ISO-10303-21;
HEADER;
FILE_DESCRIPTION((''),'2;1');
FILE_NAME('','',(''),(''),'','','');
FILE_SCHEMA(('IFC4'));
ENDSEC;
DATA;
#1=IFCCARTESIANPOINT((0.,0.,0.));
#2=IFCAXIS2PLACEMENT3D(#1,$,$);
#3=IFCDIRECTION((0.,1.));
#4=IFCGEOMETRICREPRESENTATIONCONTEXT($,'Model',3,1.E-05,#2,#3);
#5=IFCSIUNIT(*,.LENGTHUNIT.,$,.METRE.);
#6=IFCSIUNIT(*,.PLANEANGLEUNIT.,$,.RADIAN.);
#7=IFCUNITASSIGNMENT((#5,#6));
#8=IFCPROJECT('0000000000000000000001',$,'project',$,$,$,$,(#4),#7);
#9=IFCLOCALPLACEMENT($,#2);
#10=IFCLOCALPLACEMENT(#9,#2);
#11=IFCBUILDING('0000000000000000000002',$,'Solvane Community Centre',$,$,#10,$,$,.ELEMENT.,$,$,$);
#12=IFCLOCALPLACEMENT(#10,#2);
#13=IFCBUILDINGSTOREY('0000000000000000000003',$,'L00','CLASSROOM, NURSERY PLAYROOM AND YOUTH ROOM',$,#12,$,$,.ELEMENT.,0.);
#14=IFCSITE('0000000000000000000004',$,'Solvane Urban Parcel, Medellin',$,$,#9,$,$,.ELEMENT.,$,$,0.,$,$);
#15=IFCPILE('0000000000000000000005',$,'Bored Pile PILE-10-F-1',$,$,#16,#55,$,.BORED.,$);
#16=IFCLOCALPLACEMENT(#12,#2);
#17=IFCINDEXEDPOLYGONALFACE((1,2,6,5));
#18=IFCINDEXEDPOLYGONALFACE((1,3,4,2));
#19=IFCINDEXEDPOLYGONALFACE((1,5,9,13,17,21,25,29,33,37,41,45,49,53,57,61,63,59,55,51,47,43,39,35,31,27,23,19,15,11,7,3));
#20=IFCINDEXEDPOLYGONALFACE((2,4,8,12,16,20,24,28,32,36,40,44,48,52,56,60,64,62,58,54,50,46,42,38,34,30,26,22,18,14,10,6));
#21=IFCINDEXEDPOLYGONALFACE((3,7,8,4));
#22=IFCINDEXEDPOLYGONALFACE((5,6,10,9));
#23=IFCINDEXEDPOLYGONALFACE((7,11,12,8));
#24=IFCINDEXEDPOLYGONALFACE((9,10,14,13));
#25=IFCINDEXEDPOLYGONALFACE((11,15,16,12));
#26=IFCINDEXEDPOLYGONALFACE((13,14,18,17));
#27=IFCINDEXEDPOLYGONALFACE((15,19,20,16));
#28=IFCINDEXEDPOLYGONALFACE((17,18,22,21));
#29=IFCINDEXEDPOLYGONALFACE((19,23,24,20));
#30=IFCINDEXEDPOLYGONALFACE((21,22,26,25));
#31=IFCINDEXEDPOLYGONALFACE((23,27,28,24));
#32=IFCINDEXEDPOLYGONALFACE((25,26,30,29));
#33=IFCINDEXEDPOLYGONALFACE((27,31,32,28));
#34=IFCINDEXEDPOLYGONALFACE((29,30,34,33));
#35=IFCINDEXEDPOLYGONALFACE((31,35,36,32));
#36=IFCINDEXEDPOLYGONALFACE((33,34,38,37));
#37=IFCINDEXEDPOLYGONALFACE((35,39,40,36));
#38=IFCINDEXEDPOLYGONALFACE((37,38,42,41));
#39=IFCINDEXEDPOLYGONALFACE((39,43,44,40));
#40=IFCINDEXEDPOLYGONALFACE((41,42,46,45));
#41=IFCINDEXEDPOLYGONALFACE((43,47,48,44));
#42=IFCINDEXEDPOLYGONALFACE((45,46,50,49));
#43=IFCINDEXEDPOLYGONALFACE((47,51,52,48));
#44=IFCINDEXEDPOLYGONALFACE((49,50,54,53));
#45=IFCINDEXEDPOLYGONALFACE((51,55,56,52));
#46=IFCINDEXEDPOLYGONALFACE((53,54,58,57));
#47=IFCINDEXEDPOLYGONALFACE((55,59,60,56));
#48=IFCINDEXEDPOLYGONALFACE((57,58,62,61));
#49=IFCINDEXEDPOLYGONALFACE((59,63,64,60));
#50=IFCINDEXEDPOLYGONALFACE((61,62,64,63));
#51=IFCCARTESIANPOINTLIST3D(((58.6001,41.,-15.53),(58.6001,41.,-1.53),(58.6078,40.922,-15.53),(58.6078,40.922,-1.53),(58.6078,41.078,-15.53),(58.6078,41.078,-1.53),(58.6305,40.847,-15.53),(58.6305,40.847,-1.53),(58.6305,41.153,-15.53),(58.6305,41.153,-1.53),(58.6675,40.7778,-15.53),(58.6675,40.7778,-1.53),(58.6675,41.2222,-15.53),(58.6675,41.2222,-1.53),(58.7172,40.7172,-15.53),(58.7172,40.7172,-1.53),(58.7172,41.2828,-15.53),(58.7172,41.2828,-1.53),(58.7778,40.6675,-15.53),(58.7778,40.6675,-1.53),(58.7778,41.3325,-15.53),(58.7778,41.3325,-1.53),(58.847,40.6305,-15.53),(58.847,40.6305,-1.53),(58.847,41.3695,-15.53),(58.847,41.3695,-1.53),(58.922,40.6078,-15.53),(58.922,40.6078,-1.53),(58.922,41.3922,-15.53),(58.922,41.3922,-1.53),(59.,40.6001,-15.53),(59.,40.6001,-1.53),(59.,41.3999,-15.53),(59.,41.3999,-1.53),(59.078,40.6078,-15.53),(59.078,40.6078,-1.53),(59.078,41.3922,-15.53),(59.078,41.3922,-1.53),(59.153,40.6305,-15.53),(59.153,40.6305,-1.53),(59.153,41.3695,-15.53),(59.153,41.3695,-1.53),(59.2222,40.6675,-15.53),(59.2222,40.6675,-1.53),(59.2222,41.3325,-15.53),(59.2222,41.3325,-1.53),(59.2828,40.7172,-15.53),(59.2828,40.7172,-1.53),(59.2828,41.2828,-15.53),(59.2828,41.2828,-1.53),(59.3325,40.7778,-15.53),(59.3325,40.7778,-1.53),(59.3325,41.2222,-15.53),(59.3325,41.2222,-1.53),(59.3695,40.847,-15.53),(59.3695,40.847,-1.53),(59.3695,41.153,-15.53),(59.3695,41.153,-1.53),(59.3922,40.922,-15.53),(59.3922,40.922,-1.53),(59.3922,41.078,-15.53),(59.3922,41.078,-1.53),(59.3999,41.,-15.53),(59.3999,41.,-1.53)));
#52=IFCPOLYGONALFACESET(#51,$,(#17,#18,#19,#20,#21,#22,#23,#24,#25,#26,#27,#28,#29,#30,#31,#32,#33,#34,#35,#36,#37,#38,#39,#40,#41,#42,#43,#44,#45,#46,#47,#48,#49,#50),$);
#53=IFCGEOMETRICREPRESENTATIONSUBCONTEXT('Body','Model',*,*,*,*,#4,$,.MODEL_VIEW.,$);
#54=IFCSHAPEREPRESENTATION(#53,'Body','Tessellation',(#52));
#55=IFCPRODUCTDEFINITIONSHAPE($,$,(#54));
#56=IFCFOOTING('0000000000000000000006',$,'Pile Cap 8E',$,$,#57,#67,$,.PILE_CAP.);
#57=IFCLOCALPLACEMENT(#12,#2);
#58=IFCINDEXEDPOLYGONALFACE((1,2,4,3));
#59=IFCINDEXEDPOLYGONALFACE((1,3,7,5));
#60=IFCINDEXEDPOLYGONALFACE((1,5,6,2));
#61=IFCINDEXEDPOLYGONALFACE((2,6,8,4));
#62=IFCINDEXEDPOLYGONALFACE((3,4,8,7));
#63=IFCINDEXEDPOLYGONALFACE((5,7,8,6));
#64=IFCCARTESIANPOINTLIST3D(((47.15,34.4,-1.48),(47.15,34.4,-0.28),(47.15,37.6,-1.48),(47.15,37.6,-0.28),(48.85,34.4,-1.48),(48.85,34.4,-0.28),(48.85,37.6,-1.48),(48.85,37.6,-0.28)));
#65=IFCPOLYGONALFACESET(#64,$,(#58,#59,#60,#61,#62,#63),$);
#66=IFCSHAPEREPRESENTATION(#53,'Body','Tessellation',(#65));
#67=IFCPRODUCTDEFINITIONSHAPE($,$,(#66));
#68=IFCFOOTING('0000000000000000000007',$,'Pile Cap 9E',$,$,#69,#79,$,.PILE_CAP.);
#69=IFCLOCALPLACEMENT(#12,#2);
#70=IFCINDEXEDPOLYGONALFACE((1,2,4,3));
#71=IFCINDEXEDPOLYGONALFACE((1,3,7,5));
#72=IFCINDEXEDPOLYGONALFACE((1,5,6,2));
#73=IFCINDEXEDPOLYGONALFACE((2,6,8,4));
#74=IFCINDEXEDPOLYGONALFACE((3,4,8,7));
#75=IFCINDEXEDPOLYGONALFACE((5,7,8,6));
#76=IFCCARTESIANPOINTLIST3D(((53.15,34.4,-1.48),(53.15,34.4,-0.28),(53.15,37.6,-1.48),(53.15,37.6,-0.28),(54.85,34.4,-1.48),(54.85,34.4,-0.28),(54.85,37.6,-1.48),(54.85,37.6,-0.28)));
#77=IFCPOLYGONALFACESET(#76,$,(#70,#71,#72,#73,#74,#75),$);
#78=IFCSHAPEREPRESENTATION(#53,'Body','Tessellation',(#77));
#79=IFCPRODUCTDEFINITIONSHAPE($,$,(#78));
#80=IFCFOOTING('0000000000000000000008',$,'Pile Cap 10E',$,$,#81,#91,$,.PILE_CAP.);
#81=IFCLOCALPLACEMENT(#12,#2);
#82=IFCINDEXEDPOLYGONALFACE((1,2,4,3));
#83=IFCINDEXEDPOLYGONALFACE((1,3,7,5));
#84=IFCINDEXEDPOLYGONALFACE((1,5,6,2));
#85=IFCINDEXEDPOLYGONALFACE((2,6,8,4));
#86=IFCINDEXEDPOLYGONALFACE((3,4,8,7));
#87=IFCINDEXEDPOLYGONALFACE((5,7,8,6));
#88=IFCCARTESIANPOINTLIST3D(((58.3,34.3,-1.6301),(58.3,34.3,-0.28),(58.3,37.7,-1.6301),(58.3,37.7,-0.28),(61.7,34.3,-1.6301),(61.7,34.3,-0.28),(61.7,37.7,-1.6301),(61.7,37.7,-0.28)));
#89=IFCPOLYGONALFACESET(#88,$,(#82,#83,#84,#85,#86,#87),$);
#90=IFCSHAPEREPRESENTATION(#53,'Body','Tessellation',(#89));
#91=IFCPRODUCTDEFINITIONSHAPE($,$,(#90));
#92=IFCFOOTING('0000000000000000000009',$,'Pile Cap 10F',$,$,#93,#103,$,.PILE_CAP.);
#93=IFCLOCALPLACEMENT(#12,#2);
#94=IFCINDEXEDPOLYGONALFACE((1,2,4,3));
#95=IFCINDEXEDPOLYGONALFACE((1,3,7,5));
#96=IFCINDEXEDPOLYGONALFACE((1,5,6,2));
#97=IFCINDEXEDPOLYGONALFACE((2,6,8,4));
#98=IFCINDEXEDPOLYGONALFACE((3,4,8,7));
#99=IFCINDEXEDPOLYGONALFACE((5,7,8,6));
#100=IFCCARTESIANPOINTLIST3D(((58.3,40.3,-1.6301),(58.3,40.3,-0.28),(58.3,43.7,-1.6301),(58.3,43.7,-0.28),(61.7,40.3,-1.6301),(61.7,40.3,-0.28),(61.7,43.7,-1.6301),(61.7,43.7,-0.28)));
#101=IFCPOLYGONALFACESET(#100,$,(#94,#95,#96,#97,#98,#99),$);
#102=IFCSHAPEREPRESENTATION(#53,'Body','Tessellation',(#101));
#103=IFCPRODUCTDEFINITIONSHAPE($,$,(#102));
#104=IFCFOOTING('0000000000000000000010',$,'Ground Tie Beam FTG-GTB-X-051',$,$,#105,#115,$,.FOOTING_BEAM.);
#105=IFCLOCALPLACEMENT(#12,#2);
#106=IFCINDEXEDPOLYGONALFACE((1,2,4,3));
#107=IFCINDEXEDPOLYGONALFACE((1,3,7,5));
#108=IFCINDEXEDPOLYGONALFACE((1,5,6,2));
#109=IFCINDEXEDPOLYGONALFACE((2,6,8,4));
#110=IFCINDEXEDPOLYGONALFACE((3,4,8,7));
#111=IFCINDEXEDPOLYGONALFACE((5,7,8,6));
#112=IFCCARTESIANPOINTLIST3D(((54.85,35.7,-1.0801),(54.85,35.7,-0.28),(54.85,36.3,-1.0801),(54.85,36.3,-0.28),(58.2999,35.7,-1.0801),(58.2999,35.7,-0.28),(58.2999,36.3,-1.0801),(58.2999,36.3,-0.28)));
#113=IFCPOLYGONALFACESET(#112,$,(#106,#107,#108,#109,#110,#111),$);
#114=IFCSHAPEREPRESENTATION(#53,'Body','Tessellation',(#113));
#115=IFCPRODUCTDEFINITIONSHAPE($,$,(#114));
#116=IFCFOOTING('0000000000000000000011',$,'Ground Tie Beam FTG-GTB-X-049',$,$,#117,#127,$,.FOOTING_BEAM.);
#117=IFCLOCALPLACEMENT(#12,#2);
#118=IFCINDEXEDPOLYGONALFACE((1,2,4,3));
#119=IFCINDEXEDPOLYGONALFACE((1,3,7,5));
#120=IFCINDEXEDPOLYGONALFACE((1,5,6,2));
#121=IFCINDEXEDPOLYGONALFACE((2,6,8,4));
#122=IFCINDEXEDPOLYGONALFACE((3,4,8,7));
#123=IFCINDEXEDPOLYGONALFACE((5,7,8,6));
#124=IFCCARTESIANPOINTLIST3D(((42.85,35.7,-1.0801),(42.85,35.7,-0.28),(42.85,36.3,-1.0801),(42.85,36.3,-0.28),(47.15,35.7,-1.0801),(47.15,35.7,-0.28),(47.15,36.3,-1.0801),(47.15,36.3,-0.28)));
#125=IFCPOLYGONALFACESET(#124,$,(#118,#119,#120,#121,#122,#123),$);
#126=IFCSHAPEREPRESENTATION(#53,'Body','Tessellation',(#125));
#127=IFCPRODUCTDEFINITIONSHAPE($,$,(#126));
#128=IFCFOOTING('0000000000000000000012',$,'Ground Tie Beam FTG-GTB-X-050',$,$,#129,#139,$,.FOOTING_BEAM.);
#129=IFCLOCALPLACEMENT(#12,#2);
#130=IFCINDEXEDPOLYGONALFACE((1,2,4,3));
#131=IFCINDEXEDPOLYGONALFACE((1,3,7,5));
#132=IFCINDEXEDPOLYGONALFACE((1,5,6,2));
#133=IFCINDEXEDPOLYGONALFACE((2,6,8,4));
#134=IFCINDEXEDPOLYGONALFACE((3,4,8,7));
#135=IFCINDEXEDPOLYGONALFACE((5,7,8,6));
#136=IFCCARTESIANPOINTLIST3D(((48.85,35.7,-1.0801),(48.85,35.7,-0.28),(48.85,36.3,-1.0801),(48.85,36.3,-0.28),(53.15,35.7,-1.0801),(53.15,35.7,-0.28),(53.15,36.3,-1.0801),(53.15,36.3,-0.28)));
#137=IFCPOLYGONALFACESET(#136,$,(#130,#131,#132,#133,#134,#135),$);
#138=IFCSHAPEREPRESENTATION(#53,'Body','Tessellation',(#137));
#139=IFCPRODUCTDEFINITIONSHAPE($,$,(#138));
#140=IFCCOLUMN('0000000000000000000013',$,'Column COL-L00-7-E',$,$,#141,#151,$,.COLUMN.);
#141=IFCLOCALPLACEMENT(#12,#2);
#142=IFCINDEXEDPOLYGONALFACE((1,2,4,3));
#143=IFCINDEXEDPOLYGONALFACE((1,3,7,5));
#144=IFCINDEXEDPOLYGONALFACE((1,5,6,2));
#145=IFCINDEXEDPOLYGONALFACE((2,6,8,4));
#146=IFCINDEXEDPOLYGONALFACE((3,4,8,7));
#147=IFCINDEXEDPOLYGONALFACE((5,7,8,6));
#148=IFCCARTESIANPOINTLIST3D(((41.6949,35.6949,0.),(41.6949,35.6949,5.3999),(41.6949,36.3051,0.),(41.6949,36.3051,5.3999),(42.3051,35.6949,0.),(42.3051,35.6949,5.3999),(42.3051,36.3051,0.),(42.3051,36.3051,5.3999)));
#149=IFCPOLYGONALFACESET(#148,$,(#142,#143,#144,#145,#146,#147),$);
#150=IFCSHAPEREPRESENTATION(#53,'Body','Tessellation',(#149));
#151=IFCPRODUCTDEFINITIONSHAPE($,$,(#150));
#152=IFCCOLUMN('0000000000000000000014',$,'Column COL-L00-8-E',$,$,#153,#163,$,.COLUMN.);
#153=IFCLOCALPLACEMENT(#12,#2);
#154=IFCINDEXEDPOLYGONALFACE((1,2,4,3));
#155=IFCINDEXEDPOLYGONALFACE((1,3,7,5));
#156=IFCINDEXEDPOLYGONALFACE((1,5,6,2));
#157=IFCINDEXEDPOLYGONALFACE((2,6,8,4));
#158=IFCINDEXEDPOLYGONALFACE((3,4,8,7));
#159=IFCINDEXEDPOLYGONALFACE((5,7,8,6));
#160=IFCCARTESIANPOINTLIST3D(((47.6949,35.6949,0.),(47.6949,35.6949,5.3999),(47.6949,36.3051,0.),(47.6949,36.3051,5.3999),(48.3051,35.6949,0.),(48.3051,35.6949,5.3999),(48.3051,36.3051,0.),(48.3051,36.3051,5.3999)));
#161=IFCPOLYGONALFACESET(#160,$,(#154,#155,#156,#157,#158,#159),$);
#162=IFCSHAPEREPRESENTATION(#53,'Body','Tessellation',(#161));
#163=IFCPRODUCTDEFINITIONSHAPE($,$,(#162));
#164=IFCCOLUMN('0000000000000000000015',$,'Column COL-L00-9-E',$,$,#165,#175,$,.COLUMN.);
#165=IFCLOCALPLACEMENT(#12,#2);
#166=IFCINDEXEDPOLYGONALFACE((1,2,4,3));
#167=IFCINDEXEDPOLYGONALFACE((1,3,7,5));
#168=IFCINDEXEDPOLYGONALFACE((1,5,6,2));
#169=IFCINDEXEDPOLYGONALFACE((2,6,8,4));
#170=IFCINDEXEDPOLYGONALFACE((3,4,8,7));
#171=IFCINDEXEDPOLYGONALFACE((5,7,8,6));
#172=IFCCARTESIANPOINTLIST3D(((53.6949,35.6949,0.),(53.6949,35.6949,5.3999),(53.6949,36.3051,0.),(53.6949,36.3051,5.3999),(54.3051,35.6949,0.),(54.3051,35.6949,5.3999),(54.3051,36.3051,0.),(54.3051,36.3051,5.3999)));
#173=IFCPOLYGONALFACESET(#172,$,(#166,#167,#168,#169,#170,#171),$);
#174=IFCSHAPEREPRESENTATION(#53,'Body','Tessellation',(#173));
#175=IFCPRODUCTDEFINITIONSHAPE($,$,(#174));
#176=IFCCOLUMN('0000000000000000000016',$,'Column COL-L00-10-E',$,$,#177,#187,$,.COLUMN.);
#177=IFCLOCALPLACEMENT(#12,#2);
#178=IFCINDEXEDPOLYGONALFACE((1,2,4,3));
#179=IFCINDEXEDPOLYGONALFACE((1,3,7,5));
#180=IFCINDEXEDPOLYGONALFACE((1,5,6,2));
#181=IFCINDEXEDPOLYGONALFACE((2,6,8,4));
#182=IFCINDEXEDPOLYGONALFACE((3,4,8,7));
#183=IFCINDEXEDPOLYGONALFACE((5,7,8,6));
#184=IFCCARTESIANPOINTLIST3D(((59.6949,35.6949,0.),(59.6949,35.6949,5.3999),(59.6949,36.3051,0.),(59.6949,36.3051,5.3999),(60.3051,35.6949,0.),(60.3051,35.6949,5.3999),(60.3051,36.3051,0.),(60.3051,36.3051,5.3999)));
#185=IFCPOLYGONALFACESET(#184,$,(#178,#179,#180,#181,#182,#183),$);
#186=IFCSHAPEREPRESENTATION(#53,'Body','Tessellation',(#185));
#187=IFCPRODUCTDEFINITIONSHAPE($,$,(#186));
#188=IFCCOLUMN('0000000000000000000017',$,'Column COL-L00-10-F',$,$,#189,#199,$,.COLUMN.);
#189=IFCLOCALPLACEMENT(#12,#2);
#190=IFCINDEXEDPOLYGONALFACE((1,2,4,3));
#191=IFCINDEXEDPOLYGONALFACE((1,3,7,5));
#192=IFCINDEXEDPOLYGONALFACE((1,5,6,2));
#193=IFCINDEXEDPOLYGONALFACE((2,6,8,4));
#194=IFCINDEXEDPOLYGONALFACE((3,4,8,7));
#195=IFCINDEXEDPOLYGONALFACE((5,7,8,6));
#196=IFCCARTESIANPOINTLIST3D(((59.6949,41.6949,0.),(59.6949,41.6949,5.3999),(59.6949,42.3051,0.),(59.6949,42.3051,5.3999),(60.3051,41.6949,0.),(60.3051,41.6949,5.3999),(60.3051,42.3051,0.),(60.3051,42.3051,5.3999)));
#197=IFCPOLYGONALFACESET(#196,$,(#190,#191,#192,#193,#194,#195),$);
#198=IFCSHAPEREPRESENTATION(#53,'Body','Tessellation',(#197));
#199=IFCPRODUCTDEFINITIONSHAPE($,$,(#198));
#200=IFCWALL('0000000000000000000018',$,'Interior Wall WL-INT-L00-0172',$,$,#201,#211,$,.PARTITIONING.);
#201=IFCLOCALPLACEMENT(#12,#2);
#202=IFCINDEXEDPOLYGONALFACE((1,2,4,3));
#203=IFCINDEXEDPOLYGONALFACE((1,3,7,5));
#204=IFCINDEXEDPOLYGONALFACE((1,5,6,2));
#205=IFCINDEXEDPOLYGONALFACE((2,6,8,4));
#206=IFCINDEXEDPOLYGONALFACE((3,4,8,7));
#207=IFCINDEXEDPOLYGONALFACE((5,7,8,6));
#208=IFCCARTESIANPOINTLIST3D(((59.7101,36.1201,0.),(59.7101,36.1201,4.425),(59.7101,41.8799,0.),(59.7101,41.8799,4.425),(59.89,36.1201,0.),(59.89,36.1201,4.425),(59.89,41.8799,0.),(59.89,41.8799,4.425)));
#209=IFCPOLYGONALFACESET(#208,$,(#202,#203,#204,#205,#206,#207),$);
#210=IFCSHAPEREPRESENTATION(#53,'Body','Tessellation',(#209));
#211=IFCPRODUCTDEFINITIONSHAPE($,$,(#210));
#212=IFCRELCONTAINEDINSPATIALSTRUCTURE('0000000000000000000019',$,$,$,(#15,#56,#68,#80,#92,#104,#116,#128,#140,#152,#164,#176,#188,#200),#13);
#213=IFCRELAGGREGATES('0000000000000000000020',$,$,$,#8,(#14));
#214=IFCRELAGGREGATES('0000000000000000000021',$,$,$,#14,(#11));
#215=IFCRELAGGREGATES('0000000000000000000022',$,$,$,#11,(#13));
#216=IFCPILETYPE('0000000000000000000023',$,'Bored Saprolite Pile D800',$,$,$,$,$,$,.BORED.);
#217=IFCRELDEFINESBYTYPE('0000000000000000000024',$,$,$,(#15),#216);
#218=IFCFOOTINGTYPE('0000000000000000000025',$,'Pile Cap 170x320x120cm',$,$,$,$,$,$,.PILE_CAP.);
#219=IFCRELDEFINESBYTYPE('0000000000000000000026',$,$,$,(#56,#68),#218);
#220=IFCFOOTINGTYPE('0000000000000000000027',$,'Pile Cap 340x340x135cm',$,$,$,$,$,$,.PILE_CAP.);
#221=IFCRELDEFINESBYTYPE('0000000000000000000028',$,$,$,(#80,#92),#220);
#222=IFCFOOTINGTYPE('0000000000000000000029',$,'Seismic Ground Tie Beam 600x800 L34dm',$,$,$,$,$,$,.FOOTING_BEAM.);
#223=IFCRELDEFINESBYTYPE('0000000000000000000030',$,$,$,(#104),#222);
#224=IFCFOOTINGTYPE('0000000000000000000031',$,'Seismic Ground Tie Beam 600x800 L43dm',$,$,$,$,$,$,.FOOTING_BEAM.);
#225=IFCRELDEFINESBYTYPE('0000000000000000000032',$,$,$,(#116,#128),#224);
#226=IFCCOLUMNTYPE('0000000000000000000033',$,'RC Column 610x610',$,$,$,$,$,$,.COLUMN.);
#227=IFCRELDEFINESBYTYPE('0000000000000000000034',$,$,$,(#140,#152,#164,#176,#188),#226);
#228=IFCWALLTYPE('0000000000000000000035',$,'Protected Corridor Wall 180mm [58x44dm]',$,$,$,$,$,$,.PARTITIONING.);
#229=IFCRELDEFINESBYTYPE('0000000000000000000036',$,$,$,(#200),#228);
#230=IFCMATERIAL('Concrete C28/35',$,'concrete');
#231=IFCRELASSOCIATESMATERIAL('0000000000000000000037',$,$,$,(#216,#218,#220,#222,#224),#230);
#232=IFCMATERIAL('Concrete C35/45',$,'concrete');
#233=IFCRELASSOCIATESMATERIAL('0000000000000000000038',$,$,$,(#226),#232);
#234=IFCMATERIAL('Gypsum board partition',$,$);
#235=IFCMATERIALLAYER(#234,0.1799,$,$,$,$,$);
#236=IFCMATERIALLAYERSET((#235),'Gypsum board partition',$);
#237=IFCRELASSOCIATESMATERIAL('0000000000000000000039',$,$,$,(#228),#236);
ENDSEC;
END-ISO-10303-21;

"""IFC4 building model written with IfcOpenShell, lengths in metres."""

from ifc_helpers import new_model, si_unit, direction, frame, frame_2d, origin, origin_2d, place, context, subcontext, project, spatial, rectangle, circle, extrude, material, layer, layer_set, material_profile, profile_set, type_object, element, save


model = new_model("IFC4")

# Units and contexts
model_context = context("Model", 3, precision=1e-05, world=origin(), true_north=direction((0.0, 1.0)))
body_context = subcontext(model_context, "Body", "Model", "MODEL_VIEW")
ifc_project = project(units=[si_unit("LENGTHUNIT", "METRE"), si_unit("PLANEANGLEUNIT", "RADIAN")], contexts=[model_context])

# Site, building, storey
site_placement = place(None, origin())
site = spatial("IfcSite", under=ifc_project, at=site_placement, Name="Solvane Urban Parcel, Medellin", CompositionType="ELEMENT", RefElevation=0.0)
building_placement = place(site_placement, origin())
building = spatial("IfcBuilding", under=site, at=building_placement, Name="Solvane Community Centre", CompositionType="ELEMENT")
storey_placement = place(building_placement, origin())
storey = spatial("IfcBuildingStorey", under=building, at=storey_placement, Name="L00", Description="CLASSROOM, NURSERY PLAYROOM AND YOUTH ROOM", CompositionType="ELEMENT", Elevation=0.0)

# Pile
ifc_material_1 = material(Name="Concrete C28/35", Category="concrete")
ifc_material_profile_1 = material_profile(ifc_material_1, circle(Radius=0.3999, at=origin_2d()), Name="PILE D800")
ifc_profile_set_1 = profile_set([ifc_material_profile_1], Name="Concrete C28/35")
pile_type = type_object("IfcPileType", Name="Bored Saprolite Pile D800", PredefinedType="BORED", material=ifc_profile_set_1)
for number, where, z_axis, x_axis, name in (
    (1, (59.0, 41.0, -1.53), (0.0, 0.0, -1.0), (1.0, 0.0, 0.0), "Bored Pile PILE-10-F-1"),
):
    element("IfcPile", number, at=place(storey_placement, frame(where, z_axis=z_axis, x_axis=x_axis)), inside=storey, type_object=pile_type, Name=name, PredefinedType="BORED", context=body_context, shape_type="SweptSolid", body=[
        extrude(circle(Radius=0.3999, at=origin_2d()), origin(), (0.0, 0.0, 1.0), 14.0),
    ])

# Footings
footing_type_1 = type_object("IfcFootingType", Name="Pile Cap 170x320x120cm", PredefinedType="PILE_CAP", material=ifc_material_1)
for number, where, z_axis, x_axis, name in (
    (2, (48.0, 36.0, -1.48), (0.0, 0.0, 1.0), (1.0, 0.0, 0.0), "Pile Cap 8E"),
    (3, (54.0, 36.0, -1.48), (0.0, 0.0, 1.0), (1.0, 0.0, 0.0), "Pile Cap 9E"),
):
    element("IfcFooting", number, at=place(storey_placement, frame(where, z_axis=z_axis, x_axis=x_axis)), inside=storey, type_object=footing_type_1, Name=name, PredefinedType="PILE_CAP", context=body_context, shape_type="SweptSolid", body=[
        extrude(rectangle(XDim=1.7, YDim=3.2, at=origin_2d()), origin(), (0.0, 0.0, 1.0), 1.2),
    ])
footing_type_2 = type_object("IfcFootingType", Name="Pile Cap 340x340x135cm", PredefinedType="PILE_CAP", material=ifc_material_1)
for number, where, z_axis, x_axis, name in (
    (4, (60.0, 36.0, -1.6301), (0.0, 0.0, 1.0), (1.0, 0.0, 0.0), "Pile Cap 10E"),
    (5, (60.0, 42.0, -1.6301), (0.0, 0.0, 1.0), (1.0, 0.0, 0.0), "Pile Cap 10F"),
):
    element("IfcFooting", number, at=place(storey_placement, frame(where, z_axis=z_axis, x_axis=x_axis)), inside=storey, type_object=footing_type_2, Name=name, PredefinedType="PILE_CAP", context=body_context, shape_type="SweptSolid", body=[
        extrude(rectangle(XDim=3.3999, YDim=3.3999, at=origin_2d()), origin(), (0.0, 0.0, 1.0), 1.3501),
    ])
footing_type_3 = type_object("IfcFootingType", Name="Seismic Ground Tie Beam 600x800 L34dm", PredefinedType="FOOTING_BEAM", material=ifc_material_1)
footing_placement = place(storey_placement, frame((56.575, 36.0, -1.0801), z_axis=(0.0, 0.0, 1.0), x_axis=(1.0, 0.0, 0.0)))
element("IfcFooting", 6, at=footing_placement, inside=storey, type_object=footing_type_3, Name="Ground Tie Beam FTG-GTB-X-051", PredefinedType="FOOTING_BEAM", context=body_context, shape_type="SweptSolid", body=[
    extrude(rectangle(XDim=3.45, YDim=0.6001, at=origin_2d()), origin(), (0.0, 0.0, 1.0), 0.8),
])
footing_type_4 = type_object("IfcFootingType", Name="Seismic Ground Tie Beam 600x800 L43dm", PredefinedType="FOOTING_BEAM", material=ifc_material_1)
for number, where, z_axis, x_axis, name in (
    (7, (45.0, 36.0, -1.0801), (0.0, 0.0, 1.0), (1.0, 0.0, 0.0), "Ground Tie Beam FTG-GTB-X-049"),
    (8, (51.0, 36.0, -1.0801), (0.0, 0.0, 1.0), (1.0, 0.0, 0.0), "Ground Tie Beam FTG-GTB-X-050"),
):
    element("IfcFooting", number, at=place(storey_placement, frame(where, z_axis=z_axis, x_axis=x_axis)), inside=storey, type_object=footing_type_4, Name=name, PredefinedType="FOOTING_BEAM", context=body_context, shape_type="SweptSolid", body=[
        extrude(rectangle(XDim=4.3, YDim=0.6001, at=origin_2d()), origin(), (0.0, 0.0, 1.0), 0.8),
    ])

# Columns
ifc_material_2 = material(Name="Concrete C35/45", Category="concrete")
ifc_material_profile_2 = material_profile(ifc_material_2, rectangle(XDim=0.6101, YDim=0.6101, at=origin_2d()), Name="RC 610x610")
ifc_profile_set_2 = profile_set([ifc_material_profile_2], Name="Concrete C35/45")
column_type = type_object("IfcColumnType", Name="RC Column 610x610", PredefinedType="COLUMN", material=ifc_profile_set_2)
for number, where, z_axis, x_axis, name in (
    (9, (42.0, 36.0, 0.0), (0.0, 0.0, 1.0), (1.0, 0.0, 0.0), "Column COL-L00-7-E"),
    (10, (48.0, 36.0, 0.0), (0.0, 0.0, 1.0), (1.0, 0.0, 0.0), "Column COL-L00-8-E"),
    (11, (54.0, 36.0, 0.0), (0.0, 0.0, 1.0), (1.0, 0.0, 0.0), "Column COL-L00-9-E"),
    (12, (60.0, 36.0, 0.0), (0.0, 0.0, 1.0), (1.0, 0.0, 0.0), "Column COL-L00-10-E"),
    (13, (60.0, 42.0, 0.0), (0.0, 0.0, 1.0), (1.0, 0.0, 0.0), "Column COL-L00-10-F"),
):
    element("IfcColumn", number, at=place(storey_placement, frame(where, z_axis=z_axis, x_axis=x_axis)), inside=storey, type_object=column_type, Name=name, PredefinedType="COLUMN", context=body_context, shape_type="SweptSolid", body=[
        extrude(rectangle(XDim=0.6101, YDim=0.6101, at=origin_2d()), origin(), (0.0, 0.0, 1.0), 5.3999),
    ])

# Wall
ifc_material_3 = material(Name="Gypsum board partition")
ifc_layer = layer(ifc_material_3, 0.1799)
ifc_layer_set = layer_set([ifc_layer], Name="Gypsum board partition")
wall_type = type_object("IfcWallType", Name="Protected Corridor Wall 180mm [58x44dm]", PredefinedType="PARTITIONING", material=ifc_layer_set)
wall_placement = place(storey_placement, frame((59.8, 36.1201, 0.0), z_axis=(0.0, 0.0, 1.0), x_axis=(0.0, 1.0, 0.0)))
element("IfcWall", 14, at=wall_placement, inside=storey, type_object=wall_type, Name="Interior Wall WL-INT-L00-0172", PredefinedType="PARTITIONING", context=body_context, shape_type="SweptSolid", body=[
    extrude(rectangle(XDim=5.7598, YDim=0.1799, at=frame_2d((2.8799, 0.0))), origin(), (0.0, 0.0, 1.0), 4.425),
])

save(model, "model.ifc")
